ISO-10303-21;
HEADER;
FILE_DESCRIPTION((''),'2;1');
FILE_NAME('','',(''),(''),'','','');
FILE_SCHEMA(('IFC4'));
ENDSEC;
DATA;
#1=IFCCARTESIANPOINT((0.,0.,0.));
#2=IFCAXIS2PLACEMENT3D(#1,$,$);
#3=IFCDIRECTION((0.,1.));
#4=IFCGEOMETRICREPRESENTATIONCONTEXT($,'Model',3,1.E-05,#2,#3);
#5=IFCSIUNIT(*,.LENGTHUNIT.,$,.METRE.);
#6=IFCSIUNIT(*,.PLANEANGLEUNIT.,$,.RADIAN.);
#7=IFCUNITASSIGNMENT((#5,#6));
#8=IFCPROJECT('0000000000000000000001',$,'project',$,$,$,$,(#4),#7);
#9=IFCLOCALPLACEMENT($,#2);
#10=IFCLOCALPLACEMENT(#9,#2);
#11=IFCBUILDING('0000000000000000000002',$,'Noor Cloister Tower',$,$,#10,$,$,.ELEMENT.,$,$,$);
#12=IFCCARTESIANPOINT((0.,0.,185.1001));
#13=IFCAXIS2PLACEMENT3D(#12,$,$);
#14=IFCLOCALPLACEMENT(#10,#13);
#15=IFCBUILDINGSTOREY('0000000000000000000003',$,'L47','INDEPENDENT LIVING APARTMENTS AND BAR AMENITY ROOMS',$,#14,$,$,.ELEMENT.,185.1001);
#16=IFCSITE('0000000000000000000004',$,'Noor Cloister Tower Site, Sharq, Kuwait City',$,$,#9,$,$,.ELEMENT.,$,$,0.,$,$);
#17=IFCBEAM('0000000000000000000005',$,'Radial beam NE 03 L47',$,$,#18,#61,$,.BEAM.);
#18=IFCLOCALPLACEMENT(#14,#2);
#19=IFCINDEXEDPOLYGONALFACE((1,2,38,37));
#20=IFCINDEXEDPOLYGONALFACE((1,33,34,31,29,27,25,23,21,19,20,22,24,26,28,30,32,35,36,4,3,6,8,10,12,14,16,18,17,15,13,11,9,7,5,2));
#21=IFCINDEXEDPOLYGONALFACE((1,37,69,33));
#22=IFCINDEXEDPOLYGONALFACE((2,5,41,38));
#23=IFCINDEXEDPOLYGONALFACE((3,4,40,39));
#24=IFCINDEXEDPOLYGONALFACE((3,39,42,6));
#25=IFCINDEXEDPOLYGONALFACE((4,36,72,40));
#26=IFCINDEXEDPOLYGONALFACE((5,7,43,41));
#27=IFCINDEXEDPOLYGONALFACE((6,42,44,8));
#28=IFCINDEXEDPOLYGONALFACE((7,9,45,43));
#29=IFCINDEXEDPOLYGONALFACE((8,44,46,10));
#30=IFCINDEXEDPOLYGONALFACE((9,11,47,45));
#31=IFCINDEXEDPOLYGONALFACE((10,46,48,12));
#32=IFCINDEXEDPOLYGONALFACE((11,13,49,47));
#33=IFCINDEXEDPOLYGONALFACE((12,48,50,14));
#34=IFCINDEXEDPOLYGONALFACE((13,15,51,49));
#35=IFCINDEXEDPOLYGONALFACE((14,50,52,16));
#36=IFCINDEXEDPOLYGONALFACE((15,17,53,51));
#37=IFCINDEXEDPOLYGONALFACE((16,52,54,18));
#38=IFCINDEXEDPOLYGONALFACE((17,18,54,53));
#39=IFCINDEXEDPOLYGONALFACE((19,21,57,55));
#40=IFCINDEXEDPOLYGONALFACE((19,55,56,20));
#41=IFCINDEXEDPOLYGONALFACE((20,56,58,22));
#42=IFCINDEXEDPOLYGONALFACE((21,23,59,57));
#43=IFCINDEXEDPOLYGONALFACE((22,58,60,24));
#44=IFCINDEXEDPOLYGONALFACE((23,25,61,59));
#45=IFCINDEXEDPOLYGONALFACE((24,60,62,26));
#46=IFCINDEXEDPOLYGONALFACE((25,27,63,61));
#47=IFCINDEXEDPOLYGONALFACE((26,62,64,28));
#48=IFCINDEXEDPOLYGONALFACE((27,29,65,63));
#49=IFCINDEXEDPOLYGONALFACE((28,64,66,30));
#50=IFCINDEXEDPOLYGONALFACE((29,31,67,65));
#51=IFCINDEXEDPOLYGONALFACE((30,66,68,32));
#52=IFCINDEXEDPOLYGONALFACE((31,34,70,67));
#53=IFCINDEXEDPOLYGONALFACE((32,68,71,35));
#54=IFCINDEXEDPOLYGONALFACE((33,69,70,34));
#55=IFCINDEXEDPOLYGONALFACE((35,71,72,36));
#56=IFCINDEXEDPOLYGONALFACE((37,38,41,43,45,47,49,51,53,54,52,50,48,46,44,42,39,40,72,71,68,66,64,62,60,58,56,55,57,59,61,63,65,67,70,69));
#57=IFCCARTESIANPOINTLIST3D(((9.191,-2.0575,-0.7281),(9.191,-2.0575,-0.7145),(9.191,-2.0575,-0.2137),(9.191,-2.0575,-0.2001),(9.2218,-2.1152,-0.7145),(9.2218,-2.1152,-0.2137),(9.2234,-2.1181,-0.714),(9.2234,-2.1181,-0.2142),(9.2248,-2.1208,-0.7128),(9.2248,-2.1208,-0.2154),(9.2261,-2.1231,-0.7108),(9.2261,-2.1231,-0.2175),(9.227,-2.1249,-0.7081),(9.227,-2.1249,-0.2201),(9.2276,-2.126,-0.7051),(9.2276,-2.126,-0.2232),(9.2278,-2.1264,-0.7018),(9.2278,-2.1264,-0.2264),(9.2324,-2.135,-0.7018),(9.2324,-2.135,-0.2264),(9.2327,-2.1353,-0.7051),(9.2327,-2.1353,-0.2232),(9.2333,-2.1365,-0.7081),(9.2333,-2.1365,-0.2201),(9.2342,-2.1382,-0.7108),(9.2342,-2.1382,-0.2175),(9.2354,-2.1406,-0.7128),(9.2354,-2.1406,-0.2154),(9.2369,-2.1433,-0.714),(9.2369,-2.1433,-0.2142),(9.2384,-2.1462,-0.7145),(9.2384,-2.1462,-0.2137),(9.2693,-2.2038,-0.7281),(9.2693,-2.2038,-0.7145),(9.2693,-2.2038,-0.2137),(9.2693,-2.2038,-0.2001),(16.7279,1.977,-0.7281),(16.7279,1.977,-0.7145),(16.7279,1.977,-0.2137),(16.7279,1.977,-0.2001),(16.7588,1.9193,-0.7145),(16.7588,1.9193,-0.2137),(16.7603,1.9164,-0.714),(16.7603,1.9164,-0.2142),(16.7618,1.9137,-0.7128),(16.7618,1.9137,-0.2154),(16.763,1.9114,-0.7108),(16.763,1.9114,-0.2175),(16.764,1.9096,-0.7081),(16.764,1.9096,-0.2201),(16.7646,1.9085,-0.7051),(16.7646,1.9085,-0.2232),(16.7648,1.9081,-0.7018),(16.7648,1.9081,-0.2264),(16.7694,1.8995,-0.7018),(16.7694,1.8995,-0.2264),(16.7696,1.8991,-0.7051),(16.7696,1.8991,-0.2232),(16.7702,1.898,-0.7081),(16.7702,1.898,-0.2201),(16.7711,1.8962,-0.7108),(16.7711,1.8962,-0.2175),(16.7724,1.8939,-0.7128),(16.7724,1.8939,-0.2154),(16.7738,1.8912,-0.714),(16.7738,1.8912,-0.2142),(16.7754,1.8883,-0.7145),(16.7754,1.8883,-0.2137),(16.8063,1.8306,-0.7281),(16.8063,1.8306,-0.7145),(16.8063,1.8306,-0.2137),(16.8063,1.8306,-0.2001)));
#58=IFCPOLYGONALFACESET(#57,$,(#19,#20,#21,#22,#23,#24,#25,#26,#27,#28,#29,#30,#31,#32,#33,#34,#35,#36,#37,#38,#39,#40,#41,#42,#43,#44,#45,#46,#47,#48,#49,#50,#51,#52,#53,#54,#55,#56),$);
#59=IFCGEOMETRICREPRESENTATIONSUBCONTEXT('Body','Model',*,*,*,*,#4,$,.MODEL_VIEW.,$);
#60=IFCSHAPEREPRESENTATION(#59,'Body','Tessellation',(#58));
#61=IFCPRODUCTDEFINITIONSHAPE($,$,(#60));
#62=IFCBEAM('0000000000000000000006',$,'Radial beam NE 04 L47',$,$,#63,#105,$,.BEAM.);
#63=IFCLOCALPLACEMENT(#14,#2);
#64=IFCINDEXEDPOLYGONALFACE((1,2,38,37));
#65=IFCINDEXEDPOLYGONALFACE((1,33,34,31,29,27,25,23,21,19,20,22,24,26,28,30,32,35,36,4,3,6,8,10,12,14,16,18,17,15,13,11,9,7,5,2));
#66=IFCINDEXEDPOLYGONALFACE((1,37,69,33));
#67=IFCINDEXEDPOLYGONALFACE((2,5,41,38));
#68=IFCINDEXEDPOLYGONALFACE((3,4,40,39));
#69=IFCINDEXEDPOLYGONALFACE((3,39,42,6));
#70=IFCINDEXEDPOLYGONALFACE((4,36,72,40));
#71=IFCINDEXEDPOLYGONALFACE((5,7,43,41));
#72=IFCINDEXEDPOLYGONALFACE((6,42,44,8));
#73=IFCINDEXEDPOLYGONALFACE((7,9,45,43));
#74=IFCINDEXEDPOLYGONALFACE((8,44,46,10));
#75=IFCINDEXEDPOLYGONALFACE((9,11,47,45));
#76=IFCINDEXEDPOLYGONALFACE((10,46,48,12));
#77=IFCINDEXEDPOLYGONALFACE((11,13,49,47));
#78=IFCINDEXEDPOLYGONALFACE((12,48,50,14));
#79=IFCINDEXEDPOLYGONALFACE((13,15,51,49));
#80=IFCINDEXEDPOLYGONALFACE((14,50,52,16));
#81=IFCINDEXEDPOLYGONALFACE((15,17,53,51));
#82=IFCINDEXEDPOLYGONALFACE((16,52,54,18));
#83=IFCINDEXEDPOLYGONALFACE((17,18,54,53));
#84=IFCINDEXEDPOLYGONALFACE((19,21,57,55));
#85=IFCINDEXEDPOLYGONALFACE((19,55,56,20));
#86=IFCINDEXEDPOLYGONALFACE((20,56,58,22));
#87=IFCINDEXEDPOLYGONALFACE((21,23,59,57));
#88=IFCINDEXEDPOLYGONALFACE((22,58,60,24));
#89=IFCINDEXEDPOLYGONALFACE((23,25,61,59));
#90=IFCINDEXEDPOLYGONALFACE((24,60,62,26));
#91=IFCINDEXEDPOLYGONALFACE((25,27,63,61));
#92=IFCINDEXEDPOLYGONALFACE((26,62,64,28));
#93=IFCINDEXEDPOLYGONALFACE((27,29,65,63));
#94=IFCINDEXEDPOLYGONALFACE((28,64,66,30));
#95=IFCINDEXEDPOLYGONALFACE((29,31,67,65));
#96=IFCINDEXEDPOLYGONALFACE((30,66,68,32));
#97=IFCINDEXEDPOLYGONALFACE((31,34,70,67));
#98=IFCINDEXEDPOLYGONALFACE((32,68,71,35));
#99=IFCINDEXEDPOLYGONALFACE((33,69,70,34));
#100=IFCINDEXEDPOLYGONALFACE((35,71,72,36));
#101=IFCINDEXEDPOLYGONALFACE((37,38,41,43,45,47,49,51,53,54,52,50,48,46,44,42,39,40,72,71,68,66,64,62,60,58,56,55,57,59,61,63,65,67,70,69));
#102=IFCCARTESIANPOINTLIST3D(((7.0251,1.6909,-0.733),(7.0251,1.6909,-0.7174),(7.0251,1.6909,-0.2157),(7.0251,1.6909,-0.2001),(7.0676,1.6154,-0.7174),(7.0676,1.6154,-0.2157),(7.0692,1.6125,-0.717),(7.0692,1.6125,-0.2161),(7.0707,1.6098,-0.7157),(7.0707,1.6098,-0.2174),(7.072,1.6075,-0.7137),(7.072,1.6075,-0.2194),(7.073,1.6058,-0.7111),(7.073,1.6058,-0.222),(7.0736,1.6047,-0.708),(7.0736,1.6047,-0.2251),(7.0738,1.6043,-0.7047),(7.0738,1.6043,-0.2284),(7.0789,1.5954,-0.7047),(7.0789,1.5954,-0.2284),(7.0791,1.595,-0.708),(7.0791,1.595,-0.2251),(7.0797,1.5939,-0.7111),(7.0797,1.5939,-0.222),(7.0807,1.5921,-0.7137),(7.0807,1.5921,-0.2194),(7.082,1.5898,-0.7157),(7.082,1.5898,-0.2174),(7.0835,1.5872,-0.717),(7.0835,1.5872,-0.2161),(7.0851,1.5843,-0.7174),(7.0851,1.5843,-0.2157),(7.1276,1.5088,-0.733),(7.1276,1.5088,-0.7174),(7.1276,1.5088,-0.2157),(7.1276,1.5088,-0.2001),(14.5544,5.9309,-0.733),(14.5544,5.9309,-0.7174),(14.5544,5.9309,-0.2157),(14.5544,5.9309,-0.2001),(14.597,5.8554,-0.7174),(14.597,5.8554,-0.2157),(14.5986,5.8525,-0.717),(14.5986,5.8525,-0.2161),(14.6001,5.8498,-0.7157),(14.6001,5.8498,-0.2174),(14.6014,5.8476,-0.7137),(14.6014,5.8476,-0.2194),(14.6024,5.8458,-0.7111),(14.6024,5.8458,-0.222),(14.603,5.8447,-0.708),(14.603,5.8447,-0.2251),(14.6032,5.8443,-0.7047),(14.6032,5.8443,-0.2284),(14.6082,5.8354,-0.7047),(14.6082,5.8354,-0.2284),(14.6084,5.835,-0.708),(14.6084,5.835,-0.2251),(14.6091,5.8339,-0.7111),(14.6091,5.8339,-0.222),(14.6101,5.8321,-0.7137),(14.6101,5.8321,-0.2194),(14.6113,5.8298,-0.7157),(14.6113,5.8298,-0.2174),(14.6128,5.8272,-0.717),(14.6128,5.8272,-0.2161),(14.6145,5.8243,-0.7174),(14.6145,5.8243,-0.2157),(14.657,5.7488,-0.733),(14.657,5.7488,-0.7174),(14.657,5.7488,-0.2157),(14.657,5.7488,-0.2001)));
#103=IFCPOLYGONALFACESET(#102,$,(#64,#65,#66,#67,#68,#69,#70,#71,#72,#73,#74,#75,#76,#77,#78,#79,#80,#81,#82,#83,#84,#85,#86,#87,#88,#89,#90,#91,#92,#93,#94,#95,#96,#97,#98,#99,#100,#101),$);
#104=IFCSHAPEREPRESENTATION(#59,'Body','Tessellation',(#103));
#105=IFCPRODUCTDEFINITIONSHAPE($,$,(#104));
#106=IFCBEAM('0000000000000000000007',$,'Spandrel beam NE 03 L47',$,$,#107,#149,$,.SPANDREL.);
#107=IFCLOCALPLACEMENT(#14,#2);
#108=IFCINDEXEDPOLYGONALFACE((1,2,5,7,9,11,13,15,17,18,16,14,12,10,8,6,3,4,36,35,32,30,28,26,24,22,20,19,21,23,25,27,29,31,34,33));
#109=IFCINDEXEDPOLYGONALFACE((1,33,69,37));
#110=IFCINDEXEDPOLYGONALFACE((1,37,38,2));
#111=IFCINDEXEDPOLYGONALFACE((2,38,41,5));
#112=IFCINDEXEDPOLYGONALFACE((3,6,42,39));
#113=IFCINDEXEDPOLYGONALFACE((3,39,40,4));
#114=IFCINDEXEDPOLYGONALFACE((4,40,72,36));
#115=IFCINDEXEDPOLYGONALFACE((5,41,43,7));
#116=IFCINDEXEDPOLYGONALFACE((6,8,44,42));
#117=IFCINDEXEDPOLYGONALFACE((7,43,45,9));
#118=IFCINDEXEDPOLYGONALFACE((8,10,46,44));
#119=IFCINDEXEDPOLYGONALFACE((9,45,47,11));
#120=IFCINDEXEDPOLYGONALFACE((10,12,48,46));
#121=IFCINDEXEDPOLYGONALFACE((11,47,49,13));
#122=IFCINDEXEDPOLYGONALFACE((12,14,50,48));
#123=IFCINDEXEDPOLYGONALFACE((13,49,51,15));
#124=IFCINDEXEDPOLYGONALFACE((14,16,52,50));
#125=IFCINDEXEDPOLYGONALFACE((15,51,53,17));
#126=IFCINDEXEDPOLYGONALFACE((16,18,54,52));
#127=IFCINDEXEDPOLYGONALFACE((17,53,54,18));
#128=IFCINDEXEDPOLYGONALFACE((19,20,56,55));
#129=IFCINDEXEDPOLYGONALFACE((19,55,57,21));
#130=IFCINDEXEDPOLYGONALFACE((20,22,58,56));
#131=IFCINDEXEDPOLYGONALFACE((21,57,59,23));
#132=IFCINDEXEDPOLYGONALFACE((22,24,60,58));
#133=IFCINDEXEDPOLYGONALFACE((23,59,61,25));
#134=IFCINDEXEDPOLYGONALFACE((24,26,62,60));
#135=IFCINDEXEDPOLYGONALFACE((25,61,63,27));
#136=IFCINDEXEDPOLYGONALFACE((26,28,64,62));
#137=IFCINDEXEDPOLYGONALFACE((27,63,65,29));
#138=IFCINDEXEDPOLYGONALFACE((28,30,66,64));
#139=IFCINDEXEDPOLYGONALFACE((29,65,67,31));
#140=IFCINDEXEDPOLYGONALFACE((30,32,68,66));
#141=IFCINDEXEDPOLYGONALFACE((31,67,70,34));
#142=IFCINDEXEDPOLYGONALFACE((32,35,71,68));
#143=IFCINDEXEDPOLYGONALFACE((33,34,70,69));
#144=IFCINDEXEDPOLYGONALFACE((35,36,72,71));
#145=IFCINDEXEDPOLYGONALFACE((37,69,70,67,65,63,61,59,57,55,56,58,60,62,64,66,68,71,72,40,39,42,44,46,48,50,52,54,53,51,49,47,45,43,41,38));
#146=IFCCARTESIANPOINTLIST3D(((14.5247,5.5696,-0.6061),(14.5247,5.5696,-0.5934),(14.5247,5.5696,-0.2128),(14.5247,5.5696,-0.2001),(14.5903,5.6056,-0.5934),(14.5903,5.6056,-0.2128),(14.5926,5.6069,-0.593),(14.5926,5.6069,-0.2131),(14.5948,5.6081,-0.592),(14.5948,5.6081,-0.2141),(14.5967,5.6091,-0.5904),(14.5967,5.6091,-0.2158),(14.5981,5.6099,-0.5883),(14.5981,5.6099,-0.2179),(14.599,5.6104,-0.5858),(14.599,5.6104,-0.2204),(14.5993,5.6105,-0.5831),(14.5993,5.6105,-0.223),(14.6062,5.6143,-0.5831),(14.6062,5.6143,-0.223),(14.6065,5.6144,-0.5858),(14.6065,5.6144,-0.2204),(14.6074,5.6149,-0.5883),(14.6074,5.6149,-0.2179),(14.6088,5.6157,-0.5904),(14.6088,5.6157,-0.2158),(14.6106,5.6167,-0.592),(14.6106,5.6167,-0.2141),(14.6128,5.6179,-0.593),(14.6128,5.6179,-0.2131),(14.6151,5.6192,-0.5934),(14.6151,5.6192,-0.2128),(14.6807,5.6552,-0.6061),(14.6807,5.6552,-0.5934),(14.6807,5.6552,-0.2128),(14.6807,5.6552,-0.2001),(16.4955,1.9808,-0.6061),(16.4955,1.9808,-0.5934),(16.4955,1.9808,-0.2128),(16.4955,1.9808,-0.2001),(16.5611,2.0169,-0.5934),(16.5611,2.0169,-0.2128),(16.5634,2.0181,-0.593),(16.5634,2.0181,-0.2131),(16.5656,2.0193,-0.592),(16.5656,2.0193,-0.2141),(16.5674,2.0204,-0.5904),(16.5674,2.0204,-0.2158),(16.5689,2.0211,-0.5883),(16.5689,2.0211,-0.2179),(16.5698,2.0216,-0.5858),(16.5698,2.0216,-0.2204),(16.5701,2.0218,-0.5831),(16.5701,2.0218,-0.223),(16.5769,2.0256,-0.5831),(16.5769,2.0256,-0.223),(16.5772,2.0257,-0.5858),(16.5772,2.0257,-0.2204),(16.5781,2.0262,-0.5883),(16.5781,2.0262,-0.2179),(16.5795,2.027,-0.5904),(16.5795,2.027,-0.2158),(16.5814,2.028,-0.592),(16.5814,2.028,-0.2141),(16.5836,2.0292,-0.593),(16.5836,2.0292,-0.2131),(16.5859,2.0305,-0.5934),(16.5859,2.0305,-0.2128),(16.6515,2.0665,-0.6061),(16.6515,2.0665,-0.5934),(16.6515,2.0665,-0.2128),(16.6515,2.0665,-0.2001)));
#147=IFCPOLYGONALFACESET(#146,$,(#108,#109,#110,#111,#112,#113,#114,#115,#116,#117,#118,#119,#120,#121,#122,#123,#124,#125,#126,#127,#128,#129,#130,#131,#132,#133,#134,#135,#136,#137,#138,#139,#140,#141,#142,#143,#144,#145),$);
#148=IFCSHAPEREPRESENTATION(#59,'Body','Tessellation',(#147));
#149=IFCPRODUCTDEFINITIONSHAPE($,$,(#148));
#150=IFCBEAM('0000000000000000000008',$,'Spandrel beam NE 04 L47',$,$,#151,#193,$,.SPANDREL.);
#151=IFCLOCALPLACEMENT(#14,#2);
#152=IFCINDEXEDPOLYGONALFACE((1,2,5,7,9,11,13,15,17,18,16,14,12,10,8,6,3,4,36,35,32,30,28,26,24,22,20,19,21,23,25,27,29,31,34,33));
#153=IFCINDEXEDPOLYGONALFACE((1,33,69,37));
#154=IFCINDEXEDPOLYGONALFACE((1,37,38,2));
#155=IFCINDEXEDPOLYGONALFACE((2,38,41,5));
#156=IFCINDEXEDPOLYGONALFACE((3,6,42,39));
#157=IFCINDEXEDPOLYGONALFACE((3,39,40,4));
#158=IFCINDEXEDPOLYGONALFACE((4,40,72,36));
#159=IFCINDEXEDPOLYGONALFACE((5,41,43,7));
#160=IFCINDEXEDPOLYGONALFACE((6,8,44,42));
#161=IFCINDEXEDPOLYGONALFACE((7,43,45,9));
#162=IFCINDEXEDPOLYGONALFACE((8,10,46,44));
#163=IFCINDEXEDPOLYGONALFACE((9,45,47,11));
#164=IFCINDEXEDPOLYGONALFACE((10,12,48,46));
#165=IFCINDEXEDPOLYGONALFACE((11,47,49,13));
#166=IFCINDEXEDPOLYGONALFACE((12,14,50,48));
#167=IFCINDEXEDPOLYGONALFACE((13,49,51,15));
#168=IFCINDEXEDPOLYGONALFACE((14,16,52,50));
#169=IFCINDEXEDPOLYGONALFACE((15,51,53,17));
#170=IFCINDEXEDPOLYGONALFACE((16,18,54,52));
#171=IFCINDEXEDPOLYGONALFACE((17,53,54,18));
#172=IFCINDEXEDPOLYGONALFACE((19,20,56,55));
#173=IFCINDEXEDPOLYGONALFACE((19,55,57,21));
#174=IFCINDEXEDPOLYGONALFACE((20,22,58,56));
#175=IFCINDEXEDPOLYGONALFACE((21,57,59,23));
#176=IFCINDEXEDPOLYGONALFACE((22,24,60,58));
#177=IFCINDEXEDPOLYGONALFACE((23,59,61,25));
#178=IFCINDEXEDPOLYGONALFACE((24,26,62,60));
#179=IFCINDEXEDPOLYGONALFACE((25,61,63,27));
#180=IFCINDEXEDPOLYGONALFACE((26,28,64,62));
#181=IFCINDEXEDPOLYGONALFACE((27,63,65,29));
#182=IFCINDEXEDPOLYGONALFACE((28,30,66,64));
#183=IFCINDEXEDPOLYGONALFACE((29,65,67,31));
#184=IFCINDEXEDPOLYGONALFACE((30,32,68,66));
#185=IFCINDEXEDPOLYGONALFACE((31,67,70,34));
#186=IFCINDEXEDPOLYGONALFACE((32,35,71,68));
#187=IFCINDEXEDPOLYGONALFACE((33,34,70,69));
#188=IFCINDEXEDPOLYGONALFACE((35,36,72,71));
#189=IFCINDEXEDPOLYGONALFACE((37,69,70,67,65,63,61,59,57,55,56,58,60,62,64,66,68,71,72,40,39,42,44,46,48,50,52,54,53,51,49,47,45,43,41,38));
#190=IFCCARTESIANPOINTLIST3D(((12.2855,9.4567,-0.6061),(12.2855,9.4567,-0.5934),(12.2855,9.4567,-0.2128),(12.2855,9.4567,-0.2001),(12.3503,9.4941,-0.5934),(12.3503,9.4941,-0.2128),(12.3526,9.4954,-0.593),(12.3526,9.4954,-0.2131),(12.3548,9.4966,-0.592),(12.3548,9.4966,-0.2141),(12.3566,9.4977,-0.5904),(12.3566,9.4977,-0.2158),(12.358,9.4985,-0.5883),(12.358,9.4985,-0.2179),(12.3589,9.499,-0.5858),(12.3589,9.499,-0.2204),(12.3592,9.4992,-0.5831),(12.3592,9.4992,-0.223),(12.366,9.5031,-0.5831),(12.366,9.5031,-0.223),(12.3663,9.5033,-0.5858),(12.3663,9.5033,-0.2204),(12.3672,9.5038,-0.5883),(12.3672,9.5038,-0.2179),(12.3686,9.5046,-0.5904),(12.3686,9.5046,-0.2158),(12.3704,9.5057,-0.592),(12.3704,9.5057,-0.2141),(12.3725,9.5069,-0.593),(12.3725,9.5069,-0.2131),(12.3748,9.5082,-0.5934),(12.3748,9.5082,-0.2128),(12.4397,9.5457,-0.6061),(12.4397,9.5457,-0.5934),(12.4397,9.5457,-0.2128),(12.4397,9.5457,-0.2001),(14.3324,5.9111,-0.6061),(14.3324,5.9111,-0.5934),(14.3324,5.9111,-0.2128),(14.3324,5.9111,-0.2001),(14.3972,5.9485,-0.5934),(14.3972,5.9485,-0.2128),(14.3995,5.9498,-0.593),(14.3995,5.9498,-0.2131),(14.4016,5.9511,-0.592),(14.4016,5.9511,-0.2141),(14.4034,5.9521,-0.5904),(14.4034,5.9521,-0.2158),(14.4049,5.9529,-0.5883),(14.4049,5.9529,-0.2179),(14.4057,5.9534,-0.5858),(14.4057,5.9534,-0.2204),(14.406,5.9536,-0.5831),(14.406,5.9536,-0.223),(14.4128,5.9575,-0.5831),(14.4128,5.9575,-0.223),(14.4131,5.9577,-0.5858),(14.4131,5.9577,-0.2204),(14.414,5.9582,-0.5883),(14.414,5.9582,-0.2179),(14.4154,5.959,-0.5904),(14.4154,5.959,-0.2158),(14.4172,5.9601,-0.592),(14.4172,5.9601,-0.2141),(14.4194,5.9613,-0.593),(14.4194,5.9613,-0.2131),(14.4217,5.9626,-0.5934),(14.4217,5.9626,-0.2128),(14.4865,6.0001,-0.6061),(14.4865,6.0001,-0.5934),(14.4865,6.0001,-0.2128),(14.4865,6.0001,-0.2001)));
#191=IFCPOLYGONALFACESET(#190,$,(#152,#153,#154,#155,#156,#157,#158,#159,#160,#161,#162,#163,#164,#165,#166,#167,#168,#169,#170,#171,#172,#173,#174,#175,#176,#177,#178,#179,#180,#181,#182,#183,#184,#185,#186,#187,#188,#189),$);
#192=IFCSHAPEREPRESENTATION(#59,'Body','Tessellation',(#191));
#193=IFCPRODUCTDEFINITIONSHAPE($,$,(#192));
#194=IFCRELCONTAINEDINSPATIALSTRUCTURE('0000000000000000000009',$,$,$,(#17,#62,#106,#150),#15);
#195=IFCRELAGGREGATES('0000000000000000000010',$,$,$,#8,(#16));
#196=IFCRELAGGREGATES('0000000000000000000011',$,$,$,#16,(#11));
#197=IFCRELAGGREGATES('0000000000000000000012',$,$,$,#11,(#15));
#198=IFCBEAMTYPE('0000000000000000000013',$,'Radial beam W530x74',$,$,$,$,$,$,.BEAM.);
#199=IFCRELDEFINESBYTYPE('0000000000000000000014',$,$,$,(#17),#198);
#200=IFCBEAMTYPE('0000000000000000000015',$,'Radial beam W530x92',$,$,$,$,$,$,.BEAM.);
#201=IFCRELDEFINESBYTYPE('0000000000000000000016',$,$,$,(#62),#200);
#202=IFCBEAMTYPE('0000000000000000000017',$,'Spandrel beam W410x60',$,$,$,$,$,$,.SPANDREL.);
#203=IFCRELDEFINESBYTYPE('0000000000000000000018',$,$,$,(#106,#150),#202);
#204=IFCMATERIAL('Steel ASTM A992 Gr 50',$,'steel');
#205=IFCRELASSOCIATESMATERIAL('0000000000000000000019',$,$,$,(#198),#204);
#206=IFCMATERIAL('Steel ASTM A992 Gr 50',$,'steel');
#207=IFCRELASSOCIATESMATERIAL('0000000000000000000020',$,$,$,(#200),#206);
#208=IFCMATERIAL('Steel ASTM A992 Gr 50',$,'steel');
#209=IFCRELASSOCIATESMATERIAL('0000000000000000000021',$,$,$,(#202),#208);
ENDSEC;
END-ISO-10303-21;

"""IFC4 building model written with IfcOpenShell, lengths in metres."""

from ifc_helpers import new_model, si_unit, direction, frame, origin, origin_2d, place, context, subcontext, project, spatial, i_section, extrude, material, material_profile, profile_set, type_object, element, save


model = new_model("IFC4")

# Units and contexts
model_context = context("Model", 3, precision=1e-05, world=origin(), true_north=direction((0.0, 1.0)))
body_context = subcontext(model_context, "Body", "Model", "MODEL_VIEW")
ifc_project = project(units=[si_unit("LENGTHUNIT", "METRE"), si_unit("PLANEANGLEUNIT", "RADIAN")], contexts=[model_context])

# Site, building, storey
site_placement = place(None, origin())
site = spatial("IfcSite", under=ifc_project, at=site_placement, Name="Noor Cloister Tower Site, Sharq, Kuwait City", CompositionType="ELEMENT", RefElevation=0.0)
building_placement = place(site_placement, origin())
building = spatial("IfcBuilding", under=site, at=building_placement, Name="Noor Cloister Tower", CompositionType="ELEMENT")
storey_placement = place(building_placement, frame((0.0, 0.0, 185.1001)))
storey = spatial("IfcBuildingStorey", under=building, at=storey_placement, Name="L47", Description="INDEPENDENT LIVING APARTMENTS AND BAR AMENITY ROOMS", CompositionType="ELEMENT", Elevation=185.1001)

# Beams
ifc_material_1 = material(Name="Steel ASTM A992 Gr 50", Category="steel")
ifc_material_profile_1 = material_profile(ifc_material_1, i_section(OverallWidth=0.166, OverallDepth=0.5281, WebThickness=0.0098, FlangeThickness=0.0137, FilletRadius=0.0127, at=origin_2d()), Name="W530x74")
ifc_profile_set_1 = profile_set([ifc_material_profile_1], Name="Steel ASTM A992 Gr 50")
beam_type_1 = type_object("IfcBeamType", Name="Radial beam W530x74", PredefinedType="BEAM", material=ifc_profile_set_1)
beam_1_placement = place(storey_placement, frame((16.7671, 1.9038, -0.4641), z_axis=(-0.881635, -0.471932, 0.0), x_axis=(0.471932, -0.881635, 0.0)))
element("IfcBeam", 1, at=beam_1_placement, inside=storey, type_object=beam_type_1, Name="Radial beam NE 03 L47", PredefinedType="BEAM", context=body_context, shape_type="SweptSolid", body=[
    extrude(i_section(OverallWidth=0.166, OverallDepth=0.5281, WebThickness=0.0098, FlangeThickness=0.0137, FilletRadius=0.0127, at=origin_2d()), origin(), (0.0, 0.0, 1.0), 8.5488),
])
ifc_material_2 = material(Name="Steel ASTM A992 Gr 50", Category="steel")
ifc_material_profile_2 = material_profile(ifc_material_2, i_section(OverallWidth=0.209, OverallDepth=0.533, WebThickness=0.0103, FlangeThickness=0.0156, FilletRadius=0.0127, at=origin_2d()), Name="W530x92")
ifc_profile_set_2 = profile_set([ifc_material_profile_2], Name="Steel ASTM A992 Gr 50")
beam_type_2 = type_object("IfcBeamType", Name="Radial beam W530x92", PredefinedType="BEAM", material=ifc_profile_set_2)
beam_2_placement = place(storey_placement, frame((14.6057, 5.8398, -0.4666), z_axis=(-0.87134, -0.49068, 0.0), x_axis=(0.49068, -0.87134, 0.0)))
element("IfcBeam", 2, at=beam_2_placement, inside=storey, type_object=beam_type_2, Name="Radial beam NE 04 L47", PredefinedType="BEAM", context=body_context, shape_type="SweptSolid", body=[
    extrude(i_section(OverallWidth=0.209, OverallDepth=0.533, WebThickness=0.0103, FlangeThickness=0.0156, FilletRadius=0.0127, at=origin_2d()), origin(), (0.0, 0.0, 1.0), 8.6411),
])
ifc_material_3 = material(Name="Steel ASTM A992 Gr 50", Category="steel")
ifc_material_profile_3 = material_profile(ifc_material_3, i_section(OverallWidth=0.178, OverallDepth=0.406, WebThickness=0.0078, FlangeThickness=0.0127, FilletRadius=0.0103, at=origin_2d()), Name="W410x60")
ifc_profile_set_3 = profile_set([ifc_material_profile_3], Name="Steel ASTM A992 Gr 50")
beam_type_3 = type_object("IfcBeamType", Name="Spandrel beam W410x60", PredefinedType="SPANDREL", material=ifc_profile_set_3)
beam_3_placement = place(storey_placement, frame((16.5735, 2.0237, -0.4031), z_axis=(-0.481349, 0.876529, 0.0), x_axis=(-0.876529, -0.481349, 0.0)))
element("IfcBeam", 3, at=beam_3_placement, inside=storey, type_object=beam_type_3, Name="Spandrel beam NE 03 L47", PredefinedType="SPANDREL", context=body_context, shape_type="SweptSolid", body=[
    extrude(i_section(OverallWidth=0.178, OverallDepth=0.406, WebThickness=0.0078, FlangeThickness=0.0127, FilletRadius=0.0103, at=origin_2d()), origin(), (0.0, 0.0, 1.0), 4.0942),
])
beam_4_placement = place(storey_placement, frame((14.4094, 5.9556, -0.4031), z_axis=(-0.499962, 0.866048, 0.0), x_axis=(-0.866048, -0.499962, 0.0)))
element("IfcBeam", 4, at=beam_4_placement, inside=storey, type_object=beam_type_3, Name="Spandrel beam NE 04 L47", PredefinedType="SPANDREL", context=body_context, shape_type="SweptSolid", body=[
    extrude(i_section(OverallWidth=0.178, OverallDepth=0.406, WebThickness=0.0078, FlangeThickness=0.0127, FilletRadius=0.0103, at=origin_2d()), origin(), (0.0, 0.0, 1.0), 4.094),
])

save(model, "model.ifc")
